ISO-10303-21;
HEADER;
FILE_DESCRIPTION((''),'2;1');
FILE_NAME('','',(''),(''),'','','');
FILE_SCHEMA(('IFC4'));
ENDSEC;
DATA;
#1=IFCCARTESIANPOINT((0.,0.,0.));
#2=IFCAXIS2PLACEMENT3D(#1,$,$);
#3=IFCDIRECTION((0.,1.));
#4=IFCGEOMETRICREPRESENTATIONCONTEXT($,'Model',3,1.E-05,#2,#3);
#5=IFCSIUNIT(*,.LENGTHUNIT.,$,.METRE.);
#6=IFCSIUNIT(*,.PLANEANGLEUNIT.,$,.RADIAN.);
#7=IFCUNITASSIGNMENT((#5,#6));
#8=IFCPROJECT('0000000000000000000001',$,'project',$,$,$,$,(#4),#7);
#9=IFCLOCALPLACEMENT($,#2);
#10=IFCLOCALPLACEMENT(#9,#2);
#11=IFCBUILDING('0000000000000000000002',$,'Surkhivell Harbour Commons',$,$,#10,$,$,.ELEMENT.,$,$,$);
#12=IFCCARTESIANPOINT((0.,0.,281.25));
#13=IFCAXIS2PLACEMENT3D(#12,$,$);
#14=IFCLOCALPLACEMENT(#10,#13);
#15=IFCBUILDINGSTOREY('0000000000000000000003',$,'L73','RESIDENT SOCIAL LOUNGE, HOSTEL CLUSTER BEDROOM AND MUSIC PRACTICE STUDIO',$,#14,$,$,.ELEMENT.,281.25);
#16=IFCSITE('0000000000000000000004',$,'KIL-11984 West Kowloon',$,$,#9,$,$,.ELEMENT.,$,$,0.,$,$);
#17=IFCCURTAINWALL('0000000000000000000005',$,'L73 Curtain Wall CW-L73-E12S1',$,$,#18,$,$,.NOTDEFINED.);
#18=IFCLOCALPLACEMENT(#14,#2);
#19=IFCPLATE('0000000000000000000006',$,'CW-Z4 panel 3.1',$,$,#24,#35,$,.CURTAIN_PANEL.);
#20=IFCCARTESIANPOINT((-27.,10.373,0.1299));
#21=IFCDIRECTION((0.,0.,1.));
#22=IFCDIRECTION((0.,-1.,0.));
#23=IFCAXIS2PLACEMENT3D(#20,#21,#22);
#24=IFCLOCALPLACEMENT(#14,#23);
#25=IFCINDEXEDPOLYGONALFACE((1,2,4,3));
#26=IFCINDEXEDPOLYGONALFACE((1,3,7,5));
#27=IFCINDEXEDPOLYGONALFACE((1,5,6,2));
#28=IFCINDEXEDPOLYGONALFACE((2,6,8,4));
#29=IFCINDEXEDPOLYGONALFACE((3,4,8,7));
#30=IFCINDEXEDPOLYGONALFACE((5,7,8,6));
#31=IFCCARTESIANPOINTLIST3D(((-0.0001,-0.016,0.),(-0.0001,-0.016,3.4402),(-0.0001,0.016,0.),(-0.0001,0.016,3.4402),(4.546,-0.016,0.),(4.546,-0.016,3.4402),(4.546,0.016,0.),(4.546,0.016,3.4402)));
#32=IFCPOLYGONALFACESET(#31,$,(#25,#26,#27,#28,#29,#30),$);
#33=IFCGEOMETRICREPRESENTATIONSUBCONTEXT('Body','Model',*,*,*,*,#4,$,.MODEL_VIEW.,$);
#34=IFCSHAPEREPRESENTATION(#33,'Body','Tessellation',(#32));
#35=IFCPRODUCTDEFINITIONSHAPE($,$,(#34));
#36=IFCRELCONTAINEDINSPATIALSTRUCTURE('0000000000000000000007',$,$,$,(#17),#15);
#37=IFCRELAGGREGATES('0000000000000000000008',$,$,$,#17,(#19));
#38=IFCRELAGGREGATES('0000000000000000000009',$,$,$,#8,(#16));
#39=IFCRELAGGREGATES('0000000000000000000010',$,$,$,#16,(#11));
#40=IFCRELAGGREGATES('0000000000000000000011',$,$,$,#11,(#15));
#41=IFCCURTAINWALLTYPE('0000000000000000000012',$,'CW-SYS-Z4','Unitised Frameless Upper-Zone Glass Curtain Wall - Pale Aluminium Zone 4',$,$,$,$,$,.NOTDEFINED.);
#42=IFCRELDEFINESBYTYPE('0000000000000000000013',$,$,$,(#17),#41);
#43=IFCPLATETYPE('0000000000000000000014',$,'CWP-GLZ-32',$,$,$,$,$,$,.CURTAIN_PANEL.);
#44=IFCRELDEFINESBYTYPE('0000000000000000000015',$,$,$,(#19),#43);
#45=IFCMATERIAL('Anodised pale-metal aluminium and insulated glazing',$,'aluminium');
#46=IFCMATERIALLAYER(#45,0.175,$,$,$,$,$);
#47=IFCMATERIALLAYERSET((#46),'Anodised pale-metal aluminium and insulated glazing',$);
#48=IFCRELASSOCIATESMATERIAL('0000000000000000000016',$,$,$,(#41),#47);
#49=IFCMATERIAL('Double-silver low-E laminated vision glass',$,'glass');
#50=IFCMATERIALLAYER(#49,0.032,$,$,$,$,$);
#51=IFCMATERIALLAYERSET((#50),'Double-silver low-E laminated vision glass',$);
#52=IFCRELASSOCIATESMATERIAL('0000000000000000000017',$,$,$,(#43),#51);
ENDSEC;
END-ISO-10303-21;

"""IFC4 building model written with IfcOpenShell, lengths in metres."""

from ifc_helpers import new_model, si_unit, direction, frame, frame_2d, origin, place, context, subcontext, project, spatial, rectangle, extrude, material, layer, layer_set, type_object, element, aggregate, save


model = new_model("IFC4")

# Units and contexts
model_context = context("Model", 3, precision=1e-05, world=origin(), true_north=direction((0.0, 1.0)))
body_context = subcontext(model_context, "Body", "Model", "MODEL_VIEW")
ifc_project = project(units=[si_unit("LENGTHUNIT", "METRE"), si_unit("PLANEANGLEUNIT", "RADIAN")], contexts=[model_context])

# Site, building, storey
site_placement = place(None, origin())
site = spatial("IfcSite", under=ifc_project, at=site_placement, Name="KIL-11984 West Kowloon", CompositionType="ELEMENT", RefElevation=0.0)
building_placement = place(site_placement, origin())
building = spatial("IfcBuilding", under=site, at=building_placement, Name="Surkhivell Harbour Commons", CompositionType="ELEMENT")
storey_placement = place(building_placement, frame((0.0, 0.0, 281.25)))
storey = spatial("IfcBuildingStorey", under=building, at=storey_placement, Name="L73", Description="RESIDENT SOCIAL LOUNGE, HOSTEL CLUSTER BEDROOM AND MUSIC PRACTICE STUDIO", CompositionType="ELEMENT", Elevation=281.25)

# Curtain wall, plate
ifc_material_1 = material(Name="Anodised pale-metal aluminium and insulated glazing", Category="aluminium")
ifc_layer_1 = layer(ifc_material_1, 0.175)
ifc_layer_set_1 = layer_set([ifc_layer_1], Name="Anodised pale-metal aluminium and insulated glazing")
curtain_wall_type = type_object("IfcCurtainWallType", Name="CW-SYS-Z4", Description="Unitised Frameless Upper-Zone Glass Curtain Wall - Pale Aluminium Zone 4", PredefinedType="NOTDEFINED", material=ifc_layer_set_1)
curtain_wall_placement = place(storey_placement, origin())
curtain_wall = element("IfcCurtainWall", 1, at=curtain_wall_placement, inside=storey, type_object=curtain_wall_type, Name="L73 Curtain Wall CW-L73-E12S1", PredefinedType="NOTDEFINED")
ifc_material_2 = material(Name="Double-silver low-E laminated vision glass", Category="glass")
ifc_layer_2 = layer(ifc_material_2, 0.032)
ifc_layer_set_2 = layer_set([ifc_layer_2], Name="Double-silver low-E laminated vision glass")
plate_type = type_object("IfcPlateType", Name="CWP-GLZ-32", PredefinedType="CURTAIN_PANEL", material=ifc_layer_set_2)
plate_1_placement = place(storey_placement, frame((-27.0, 10.373, 0.1299), z_axis=(0.0, 0.0, 1.0), x_axis=(0.0, -1.0, 0.0)))
plate_1 = element("IfcPlate", 2, at=plate_1_placement, type_object=plate_type, Name="CW-Z4 panel 3.1", PredefinedType="CURTAIN_PANEL", context=body_context, shape_type="SweptSolid", body=[
    extrude(rectangle(XDim=4.5461, YDim=0.032, at=frame_2d((2.2729, 0.0))), origin(), (0.0, 0.0, 1.0), 3.4402),
])
aggregate(curtain_wall, [plate_1])

save(model, "model.ifc")
